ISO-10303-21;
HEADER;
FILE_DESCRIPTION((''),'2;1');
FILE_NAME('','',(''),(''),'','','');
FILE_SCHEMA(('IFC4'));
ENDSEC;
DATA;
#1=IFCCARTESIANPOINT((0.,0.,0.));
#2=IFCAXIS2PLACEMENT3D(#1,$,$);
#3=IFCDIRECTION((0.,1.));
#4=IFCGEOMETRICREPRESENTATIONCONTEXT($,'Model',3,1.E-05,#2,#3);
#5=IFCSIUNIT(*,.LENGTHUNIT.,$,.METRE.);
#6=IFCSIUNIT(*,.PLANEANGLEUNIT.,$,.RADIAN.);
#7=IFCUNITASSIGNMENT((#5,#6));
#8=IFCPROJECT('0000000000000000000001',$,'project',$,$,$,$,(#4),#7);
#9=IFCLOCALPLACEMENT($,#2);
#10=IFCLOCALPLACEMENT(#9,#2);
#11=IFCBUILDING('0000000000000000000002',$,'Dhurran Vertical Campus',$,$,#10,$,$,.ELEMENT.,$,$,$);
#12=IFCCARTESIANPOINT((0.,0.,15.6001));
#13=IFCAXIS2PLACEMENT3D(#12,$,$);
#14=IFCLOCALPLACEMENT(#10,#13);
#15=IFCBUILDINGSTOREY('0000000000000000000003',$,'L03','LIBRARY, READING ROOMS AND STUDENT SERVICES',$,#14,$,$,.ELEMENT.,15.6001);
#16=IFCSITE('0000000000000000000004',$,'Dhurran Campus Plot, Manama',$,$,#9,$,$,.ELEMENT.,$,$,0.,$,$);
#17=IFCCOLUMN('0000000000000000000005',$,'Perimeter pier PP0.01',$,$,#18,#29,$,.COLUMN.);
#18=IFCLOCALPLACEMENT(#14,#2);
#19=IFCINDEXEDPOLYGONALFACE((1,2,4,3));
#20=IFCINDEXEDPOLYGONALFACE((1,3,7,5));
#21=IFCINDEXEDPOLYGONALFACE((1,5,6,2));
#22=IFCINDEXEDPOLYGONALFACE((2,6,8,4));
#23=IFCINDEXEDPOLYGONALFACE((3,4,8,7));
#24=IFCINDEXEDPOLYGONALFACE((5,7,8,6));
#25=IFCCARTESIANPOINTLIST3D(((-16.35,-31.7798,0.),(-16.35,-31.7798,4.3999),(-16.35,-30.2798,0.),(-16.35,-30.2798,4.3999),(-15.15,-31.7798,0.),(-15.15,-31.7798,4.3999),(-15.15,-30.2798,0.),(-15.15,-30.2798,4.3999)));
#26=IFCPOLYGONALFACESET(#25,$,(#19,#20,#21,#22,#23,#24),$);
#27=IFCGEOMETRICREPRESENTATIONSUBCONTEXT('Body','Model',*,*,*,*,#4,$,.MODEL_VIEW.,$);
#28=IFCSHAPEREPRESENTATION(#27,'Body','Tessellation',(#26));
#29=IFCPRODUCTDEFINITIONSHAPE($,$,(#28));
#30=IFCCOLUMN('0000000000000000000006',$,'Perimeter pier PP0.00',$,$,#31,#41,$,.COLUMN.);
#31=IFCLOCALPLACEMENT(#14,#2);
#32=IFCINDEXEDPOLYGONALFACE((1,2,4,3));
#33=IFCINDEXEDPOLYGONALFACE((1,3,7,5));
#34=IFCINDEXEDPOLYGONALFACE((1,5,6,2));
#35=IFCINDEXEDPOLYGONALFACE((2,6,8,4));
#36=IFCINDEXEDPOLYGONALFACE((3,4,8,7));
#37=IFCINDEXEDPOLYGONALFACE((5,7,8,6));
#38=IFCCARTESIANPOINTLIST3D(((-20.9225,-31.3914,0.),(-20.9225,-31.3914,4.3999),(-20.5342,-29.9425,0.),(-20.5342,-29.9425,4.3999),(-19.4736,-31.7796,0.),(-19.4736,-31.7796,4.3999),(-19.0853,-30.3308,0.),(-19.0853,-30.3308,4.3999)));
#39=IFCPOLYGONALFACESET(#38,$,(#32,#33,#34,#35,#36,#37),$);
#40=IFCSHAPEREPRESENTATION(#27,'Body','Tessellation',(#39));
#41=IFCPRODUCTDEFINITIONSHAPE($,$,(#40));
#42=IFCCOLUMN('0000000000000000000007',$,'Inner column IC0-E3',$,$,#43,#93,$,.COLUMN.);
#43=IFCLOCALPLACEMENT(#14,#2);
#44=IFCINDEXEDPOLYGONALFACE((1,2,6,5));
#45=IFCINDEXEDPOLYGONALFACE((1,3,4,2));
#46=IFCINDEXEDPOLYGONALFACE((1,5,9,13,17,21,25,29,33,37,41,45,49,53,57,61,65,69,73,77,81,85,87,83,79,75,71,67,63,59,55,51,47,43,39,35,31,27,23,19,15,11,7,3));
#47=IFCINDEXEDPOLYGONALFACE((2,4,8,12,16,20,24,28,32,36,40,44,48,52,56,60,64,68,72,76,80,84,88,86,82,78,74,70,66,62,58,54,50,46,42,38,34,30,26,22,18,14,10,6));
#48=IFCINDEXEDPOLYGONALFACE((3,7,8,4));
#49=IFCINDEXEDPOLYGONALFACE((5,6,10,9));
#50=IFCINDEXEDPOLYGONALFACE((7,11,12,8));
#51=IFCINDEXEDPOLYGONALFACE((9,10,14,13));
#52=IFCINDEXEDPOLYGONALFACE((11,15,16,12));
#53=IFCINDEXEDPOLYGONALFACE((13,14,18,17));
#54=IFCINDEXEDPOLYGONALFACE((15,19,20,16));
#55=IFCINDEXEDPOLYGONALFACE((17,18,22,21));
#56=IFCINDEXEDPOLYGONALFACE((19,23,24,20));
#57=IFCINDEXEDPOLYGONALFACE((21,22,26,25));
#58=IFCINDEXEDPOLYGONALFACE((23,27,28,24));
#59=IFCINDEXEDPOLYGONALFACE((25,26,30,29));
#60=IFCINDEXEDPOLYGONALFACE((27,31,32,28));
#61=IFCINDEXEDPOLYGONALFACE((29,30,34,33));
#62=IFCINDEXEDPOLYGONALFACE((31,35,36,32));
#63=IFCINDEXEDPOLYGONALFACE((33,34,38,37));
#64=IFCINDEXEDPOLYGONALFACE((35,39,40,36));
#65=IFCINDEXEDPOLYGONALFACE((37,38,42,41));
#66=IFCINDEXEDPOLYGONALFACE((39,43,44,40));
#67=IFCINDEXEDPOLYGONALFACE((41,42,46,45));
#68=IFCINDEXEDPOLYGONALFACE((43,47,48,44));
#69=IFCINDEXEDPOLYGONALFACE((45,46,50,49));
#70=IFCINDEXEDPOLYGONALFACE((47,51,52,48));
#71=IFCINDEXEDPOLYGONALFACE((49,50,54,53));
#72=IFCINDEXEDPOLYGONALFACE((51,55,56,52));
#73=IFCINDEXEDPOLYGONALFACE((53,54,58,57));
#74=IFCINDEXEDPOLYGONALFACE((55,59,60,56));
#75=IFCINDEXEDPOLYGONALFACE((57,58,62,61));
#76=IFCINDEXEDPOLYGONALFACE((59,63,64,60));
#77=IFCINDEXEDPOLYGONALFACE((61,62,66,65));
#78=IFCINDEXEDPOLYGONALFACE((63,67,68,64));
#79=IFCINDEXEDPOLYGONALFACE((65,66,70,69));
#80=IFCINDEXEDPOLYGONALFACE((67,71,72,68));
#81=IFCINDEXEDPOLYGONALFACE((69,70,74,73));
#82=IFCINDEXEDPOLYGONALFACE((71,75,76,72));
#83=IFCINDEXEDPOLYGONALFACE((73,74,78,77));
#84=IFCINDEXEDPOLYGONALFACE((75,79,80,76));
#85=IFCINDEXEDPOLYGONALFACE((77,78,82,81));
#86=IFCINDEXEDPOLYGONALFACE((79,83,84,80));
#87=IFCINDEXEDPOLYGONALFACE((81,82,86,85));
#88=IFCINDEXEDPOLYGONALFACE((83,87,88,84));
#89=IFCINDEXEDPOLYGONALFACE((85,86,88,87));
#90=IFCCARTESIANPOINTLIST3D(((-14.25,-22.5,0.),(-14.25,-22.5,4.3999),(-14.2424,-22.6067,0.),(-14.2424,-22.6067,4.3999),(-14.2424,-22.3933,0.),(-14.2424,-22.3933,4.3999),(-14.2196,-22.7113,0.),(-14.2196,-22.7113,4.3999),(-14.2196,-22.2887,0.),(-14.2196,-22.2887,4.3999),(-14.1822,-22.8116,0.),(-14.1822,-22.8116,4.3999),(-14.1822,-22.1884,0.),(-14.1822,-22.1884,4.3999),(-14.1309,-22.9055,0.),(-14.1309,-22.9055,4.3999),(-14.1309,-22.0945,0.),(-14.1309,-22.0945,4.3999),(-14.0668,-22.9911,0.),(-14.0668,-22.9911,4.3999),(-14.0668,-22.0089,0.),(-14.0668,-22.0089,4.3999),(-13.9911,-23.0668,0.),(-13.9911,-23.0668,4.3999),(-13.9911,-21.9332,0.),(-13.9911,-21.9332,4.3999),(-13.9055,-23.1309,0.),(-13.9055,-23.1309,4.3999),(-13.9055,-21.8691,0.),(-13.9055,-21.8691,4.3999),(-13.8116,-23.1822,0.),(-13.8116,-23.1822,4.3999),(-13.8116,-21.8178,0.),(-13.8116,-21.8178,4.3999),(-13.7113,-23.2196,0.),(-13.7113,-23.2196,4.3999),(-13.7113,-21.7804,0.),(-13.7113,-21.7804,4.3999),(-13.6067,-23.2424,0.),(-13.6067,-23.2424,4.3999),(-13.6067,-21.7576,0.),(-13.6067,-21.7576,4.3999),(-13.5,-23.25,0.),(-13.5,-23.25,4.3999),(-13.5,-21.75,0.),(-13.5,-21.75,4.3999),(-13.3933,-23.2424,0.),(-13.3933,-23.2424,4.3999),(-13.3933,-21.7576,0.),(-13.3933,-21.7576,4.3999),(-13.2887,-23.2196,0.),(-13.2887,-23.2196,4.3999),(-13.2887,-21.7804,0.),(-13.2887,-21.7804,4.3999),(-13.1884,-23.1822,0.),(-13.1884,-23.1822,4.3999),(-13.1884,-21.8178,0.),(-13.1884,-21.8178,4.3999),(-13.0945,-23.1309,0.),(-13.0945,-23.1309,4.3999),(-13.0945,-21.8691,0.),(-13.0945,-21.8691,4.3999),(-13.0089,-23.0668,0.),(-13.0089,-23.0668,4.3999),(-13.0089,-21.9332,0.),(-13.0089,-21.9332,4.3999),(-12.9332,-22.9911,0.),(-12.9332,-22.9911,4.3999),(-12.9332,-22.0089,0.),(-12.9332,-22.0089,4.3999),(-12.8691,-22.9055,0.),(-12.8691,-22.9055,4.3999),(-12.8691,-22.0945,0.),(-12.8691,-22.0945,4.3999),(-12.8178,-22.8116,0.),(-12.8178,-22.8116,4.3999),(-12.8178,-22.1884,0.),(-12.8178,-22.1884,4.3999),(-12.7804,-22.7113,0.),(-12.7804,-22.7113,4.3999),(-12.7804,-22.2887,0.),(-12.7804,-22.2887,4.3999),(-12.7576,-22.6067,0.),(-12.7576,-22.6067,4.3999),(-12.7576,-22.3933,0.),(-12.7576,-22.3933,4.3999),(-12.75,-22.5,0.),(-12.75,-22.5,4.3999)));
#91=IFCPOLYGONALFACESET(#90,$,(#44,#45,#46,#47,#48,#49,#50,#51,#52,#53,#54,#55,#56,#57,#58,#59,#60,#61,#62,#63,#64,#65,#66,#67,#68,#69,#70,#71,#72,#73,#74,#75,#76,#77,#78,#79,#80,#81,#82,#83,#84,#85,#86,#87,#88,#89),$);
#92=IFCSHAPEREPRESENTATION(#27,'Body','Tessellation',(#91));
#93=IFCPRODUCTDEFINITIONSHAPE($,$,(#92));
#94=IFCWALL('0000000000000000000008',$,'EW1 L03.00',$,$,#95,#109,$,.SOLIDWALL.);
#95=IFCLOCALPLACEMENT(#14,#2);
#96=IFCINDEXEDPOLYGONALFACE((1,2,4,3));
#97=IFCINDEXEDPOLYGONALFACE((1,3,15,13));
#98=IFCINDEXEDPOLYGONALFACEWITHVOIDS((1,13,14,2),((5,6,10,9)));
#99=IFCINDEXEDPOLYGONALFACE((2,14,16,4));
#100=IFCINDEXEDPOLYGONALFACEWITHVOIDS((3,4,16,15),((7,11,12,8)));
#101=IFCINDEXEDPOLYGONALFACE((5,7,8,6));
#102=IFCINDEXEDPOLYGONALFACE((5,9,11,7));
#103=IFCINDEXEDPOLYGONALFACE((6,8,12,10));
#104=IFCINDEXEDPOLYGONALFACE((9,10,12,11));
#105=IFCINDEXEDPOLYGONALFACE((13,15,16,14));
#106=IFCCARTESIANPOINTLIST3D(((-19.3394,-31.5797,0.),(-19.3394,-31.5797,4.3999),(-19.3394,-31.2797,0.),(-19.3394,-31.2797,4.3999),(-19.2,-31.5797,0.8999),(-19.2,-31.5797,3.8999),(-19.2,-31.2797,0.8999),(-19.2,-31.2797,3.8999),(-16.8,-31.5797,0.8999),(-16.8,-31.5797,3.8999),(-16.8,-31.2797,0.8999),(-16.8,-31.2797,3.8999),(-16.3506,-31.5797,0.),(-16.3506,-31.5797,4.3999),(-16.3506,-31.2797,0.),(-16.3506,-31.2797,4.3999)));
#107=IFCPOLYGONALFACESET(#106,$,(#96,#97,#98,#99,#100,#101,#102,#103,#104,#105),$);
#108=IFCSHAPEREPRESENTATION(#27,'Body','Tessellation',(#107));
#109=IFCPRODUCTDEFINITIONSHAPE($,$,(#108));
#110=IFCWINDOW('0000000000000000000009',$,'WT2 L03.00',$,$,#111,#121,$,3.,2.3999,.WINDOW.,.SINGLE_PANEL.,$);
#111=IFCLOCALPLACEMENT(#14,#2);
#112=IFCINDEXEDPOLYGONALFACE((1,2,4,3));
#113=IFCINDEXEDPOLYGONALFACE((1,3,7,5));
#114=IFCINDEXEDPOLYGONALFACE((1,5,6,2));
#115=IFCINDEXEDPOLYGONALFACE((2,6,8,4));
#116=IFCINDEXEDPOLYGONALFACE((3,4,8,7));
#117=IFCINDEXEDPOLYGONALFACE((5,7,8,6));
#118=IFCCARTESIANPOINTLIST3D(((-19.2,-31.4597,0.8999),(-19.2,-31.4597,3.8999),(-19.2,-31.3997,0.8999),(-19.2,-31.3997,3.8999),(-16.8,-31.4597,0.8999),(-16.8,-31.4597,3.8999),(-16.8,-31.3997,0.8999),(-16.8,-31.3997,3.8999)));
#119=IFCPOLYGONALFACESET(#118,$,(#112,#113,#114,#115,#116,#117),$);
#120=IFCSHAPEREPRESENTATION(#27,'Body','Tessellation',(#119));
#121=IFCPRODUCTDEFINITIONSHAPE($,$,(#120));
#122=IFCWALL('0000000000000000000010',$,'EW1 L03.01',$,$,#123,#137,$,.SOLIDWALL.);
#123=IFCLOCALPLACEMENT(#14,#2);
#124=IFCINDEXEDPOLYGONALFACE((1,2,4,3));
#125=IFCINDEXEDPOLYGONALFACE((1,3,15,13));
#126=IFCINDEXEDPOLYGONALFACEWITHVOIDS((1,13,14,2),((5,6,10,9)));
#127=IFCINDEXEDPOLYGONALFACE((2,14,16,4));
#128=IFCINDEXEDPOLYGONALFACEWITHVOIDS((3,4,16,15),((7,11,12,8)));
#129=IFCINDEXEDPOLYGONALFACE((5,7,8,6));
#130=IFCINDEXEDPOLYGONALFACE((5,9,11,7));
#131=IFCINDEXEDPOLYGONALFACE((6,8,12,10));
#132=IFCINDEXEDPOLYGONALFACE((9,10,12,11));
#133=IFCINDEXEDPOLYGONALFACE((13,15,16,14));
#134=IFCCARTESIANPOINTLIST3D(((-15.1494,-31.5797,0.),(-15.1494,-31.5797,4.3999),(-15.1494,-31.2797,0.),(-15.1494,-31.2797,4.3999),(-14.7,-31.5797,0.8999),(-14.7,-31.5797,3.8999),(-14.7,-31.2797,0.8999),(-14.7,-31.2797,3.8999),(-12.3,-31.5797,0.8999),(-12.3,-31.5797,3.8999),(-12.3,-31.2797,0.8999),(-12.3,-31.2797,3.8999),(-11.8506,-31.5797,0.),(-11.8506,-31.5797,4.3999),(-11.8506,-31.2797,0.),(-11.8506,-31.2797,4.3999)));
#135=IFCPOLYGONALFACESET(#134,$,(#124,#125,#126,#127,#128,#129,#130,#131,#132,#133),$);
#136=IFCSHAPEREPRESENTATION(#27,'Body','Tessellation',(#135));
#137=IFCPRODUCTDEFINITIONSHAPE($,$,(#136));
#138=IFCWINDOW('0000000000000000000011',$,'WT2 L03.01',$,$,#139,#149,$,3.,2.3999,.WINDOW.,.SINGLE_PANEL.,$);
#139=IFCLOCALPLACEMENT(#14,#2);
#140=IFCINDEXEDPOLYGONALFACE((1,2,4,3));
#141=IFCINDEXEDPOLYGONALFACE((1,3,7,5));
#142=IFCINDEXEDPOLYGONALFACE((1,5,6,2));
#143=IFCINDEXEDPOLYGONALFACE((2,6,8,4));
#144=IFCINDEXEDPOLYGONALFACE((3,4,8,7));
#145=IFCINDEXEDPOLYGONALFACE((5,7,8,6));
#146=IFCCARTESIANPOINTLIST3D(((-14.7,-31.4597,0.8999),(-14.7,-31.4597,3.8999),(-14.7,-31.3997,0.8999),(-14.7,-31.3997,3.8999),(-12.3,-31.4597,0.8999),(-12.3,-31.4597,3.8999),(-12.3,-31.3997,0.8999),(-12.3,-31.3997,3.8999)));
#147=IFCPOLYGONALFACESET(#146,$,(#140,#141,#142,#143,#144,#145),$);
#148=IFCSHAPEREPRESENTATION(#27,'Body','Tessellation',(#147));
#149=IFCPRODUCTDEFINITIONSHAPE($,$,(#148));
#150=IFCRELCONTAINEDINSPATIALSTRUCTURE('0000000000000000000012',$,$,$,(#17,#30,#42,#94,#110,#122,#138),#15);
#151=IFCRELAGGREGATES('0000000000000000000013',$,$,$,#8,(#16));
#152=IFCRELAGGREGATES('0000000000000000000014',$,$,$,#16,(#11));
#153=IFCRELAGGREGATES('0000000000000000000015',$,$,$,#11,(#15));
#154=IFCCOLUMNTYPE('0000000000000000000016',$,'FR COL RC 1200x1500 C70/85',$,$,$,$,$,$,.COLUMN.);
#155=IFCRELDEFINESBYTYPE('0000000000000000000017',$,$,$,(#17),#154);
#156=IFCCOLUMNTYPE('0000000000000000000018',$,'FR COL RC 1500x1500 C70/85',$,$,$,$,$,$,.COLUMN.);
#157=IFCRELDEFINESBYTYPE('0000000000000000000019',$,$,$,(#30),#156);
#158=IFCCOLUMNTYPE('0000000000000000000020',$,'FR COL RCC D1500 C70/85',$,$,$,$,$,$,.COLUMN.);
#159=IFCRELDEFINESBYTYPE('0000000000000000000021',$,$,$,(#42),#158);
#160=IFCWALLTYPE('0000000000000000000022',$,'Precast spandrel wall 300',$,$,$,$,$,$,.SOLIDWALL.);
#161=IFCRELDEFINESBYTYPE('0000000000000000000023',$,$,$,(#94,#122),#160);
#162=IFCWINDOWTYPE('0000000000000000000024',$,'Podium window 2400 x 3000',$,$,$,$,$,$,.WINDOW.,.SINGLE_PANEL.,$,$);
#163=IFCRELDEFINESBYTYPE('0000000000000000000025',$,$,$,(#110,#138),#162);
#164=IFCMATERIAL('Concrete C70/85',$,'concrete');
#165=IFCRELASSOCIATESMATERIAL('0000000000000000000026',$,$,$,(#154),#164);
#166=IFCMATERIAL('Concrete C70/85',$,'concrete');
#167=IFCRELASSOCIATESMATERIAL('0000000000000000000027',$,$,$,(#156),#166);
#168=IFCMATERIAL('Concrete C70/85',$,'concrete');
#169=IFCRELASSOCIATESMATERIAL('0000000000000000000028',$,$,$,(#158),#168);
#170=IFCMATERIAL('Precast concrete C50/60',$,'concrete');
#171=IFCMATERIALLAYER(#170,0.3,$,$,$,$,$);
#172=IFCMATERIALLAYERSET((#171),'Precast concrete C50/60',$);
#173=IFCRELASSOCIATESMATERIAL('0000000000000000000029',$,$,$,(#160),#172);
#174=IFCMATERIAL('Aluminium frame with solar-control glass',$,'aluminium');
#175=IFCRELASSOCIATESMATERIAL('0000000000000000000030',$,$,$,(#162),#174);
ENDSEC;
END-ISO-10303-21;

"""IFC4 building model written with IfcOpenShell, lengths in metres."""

from ifc_helpers import new_model, si_unit, direction, frame, frame_2d, origin, origin_2d, place, context, subcontext, project, spatial, rectangle, circle, extrude, material, layer, layer_set, material_profile, profile_set, type_object, element, fill, save


model = new_model("IFC4")

# Units and contexts
model_context = context("Model", 3, precision=1e-05, world=origin(), true_north=direction((0.0, 1.0)))
body_context = subcontext(model_context, "Body", "Model", "MODEL_VIEW")
ifc_project = project(units=[si_unit("LENGTHUNIT", "METRE"), si_unit("PLANEANGLEUNIT", "RADIAN")], contexts=[model_context])

# Site, building, storey
site_placement = place(None, origin())
site = spatial("IfcSite", under=ifc_project, at=site_placement, Name="Dhurran Campus Plot, Manama", CompositionType="ELEMENT", RefElevation=0.0)
building_placement = place(site_placement, origin())
building = spatial("IfcBuilding", under=site, at=building_placement, Name="Dhurran Vertical Campus", CompositionType="ELEMENT")
storey_placement = place(building_placement, frame((0.0, 0.0, 15.6001)))
storey = spatial("IfcBuildingStorey", under=building, at=storey_placement, Name="L03", Description="LIBRARY, READING ROOMS AND STUDENT SERVICES", CompositionType="ELEMENT", Elevation=15.6001)

# Columns
ifc_material_1 = material(Name="Concrete C70/85", Category="concrete")
ifc_material_profile_1 = material_profile(ifc_material_1, rectangle(XDim=1.2, YDim=1.5, at=origin_2d()), Name="RC 1200x1500")
ifc_profile_set_1 = profile_set([ifc_material_profile_1], Name="Concrete C70/85")
column_type_1 = type_object("IfcColumnType", Name="FR COL RC 1200x1500 C70/85", PredefinedType="COLUMN", material=ifc_profile_set_1)
column_1_placement = place(storey_placement, frame((-15.75, -31.0298, 0.0), z_axis=(0.0, 0.0, 1.0), x_axis=(1.0, 0.0, 0.0)))
element("IfcColumn", 1, at=column_1_placement, inside=storey, type_object=column_type_1, Name="Perimeter pier PP0.01", PredefinedType="COLUMN", context=body_context, shape_type="SweptSolid", body=[
    extrude(rectangle(XDim=1.2, YDim=1.5, at=origin_2d()), origin(), (0.0, 0.0, 1.0), 4.3999),
])
ifc_material_2 = material(Name="Concrete C70/85", Category="concrete")
ifc_material_profile_2 = material_profile(ifc_material_2, rectangle(XDim=1.5, YDim=1.5, at=origin_2d()), Name="RC 1500x1500")
ifc_profile_set_2 = profile_set([ifc_material_profile_2], Name="Concrete C70/85")
column_type_2 = type_object("IfcColumnType", Name="FR COL RC 1500x1500 C70/85", PredefinedType="COLUMN", material=ifc_profile_set_2)
column_2_placement = place(storey_placement, frame((-20.0039, -30.8611, 0.0), z_axis=(0.0, 0.0, 1.0), x_axis=(0.965926, -0.258819, 0.0)))
element("IfcColumn", 2, at=column_2_placement, inside=storey, type_object=column_type_2, Name="Perimeter pier PP0.00", PredefinedType="COLUMN", context=body_context, shape_type="SweptSolid", body=[
    extrude(rectangle(XDim=1.5, YDim=1.5, at=origin_2d()), origin(), (0.0, 0.0, 1.0), 4.3999),
])
ifc_material_3 = material(Name="Concrete C70/85", Category="concrete")
ifc_material_profile_3 = material_profile(ifc_material_3, circle(Radius=0.75, at=origin_2d()), Name="RCC D1500")
ifc_profile_set_3 = profile_set([ifc_material_profile_3], Name="Concrete C70/85")
column_type_3 = type_object("IfcColumnType", Name="FR COL RCC D1500 C70/85", PredefinedType="COLUMN", material=ifc_profile_set_3)
column_3_placement = place(storey_placement, frame((-13.5, -22.5, 0.0), z_axis=(0.0, 0.0, 1.0), x_axis=(1.0, 0.0, 0.0)))
element("IfcColumn", 3, at=column_3_placement, inside=storey, type_object=column_type_3, Name="Inner column IC0-E3", PredefinedType="COLUMN", context=body_context, shape_type="SweptSolid", body=[
    extrude(circle(Radius=0.75, at=origin_2d()), origin(), (0.0, 0.0, 1.0), 4.3999),
])

# Walls, openings, windows
ifc_material_4 = material(Name="Precast concrete C50/60", Category="concrete")
ifc_layer_1 = layer(ifc_material_4, 0.3)
ifc_layer_set_1 = layer_set([ifc_layer_1], Name="Precast concrete C50/60")
wall_type_1 = type_object("IfcWallType", Name="Precast spandrel wall 300", PredefinedType="SOLIDWALL", material=ifc_layer_set_1)
wall_1_placement = place(storey_placement, frame((-19.3394, -31.4297, 0.0), z_axis=(0.0, 0.0, 1.0), x_axis=(1.0, 0.0, 0.0)))
wall_1 = element("IfcWall", 4, at=wall_1_placement, inside=storey, type_object=wall_type_1, Name="EW1 L03.00", PredefinedType="SOLIDWALL", context=body_context, shape_type="SweptSolid", body=[
    extrude(rectangle(XDim=2.9888, YDim=0.3, at=frame_2d((1.4944, 0.0))), origin(), (0.0, 0.0, 1.0), 4.3999),
])
opening_1_placement = place(wall_1_placement, frame((0.1394, 0.0, 0.8999)))
opening_1 = element("IfcOpeningElement", 5, at=opening_1_placement, cuts=wall_1, PredefinedType="OPENING", context=body_context, shape_type="SweptSolid", body=[
    extrude(rectangle(XDim=2.3999, YDim=3.0, at=frame_2d((1.2, 1.5))), frame((0.0, 0.1599, 0.0), z_axis=(0.0, -1.0, 0.0), x_axis=(1.0, 0.0, 0.0)), (0.0, 0.0, 1.0), 0.3201),
])
ifc_material_5 = material(Name="Aluminium frame with solar-control glass", Category="aluminium")
window_type = type_object("IfcWindowType", Name="Podium window 2400 x 3000", PartitioningType="SINGLE_PANEL", PredefinedType="WINDOW", material=ifc_material_5)
window_1_placement = place(opening_1_placement, origin())
window_1 = element("IfcWindow", 6, at=window_1_placement, inside=storey, type_object=window_type, Name="WT2 L03.00", OverallHeight=3.0, OverallWidth=2.3999, PartitioningType="SINGLE_PANEL", PredefinedType="WINDOW", context=body_context, shape_type="SweptSolid", body=[
    extrude(rectangle(XDim=2.3999, YDim=3.0, at=frame_2d((1.2, 1.5))), frame((0.0, 0.03, 0.0), z_axis=(0.0, -1.0, 0.0), x_axis=(1.0, 0.0, 0.0)), (0.0, 0.0, 1.0), 0.0601),
])
fill(opening_1, window_1)
wall_2_placement = place(storey_placement, frame((-15.1494, -31.4297, 0.0), z_axis=(0.0, 0.0, 1.0), x_axis=(1.0, 0.0, 0.0)))
wall_2 = element("IfcWall", 7, at=wall_2_placement, inside=storey, type_object=wall_type_1, Name="EW1 L03.01", PredefinedType="SOLIDWALL", context=body_context, shape_type="SweptSolid", body=[
    extrude(rectangle(XDim=3.2988, YDim=0.3, at=frame_2d((1.6494, 0.0))), origin(), (0.0, 0.0, 1.0), 4.3999),
])
opening_2_placement = place(wall_2_placement, frame((0.4495, 0.0, 0.8999)))
opening_2 = element("IfcOpeningElement", 8, at=opening_2_placement, cuts=wall_2, PredefinedType="OPENING", context=body_context, shape_type="SweptSolid", body=[
    extrude(rectangle(XDim=2.3999, YDim=3.0, at=frame_2d((1.2, 1.5))), frame((0.0, 0.1599, 0.0), z_axis=(0.0, -1.0, 0.0), x_axis=(1.0, 0.0, 0.0)), (0.0, 0.0, 1.0), 0.3201),
])
window_2_placement = place(opening_2_placement, origin())
window_2 = element("IfcWindow", 9, at=window_2_placement, inside=storey, type_object=window_type, Name="WT2 L03.01", OverallHeight=3.0, OverallWidth=2.3999, PartitioningType="SINGLE_PANEL", PredefinedType="WINDOW", context=body_context, shape_type="SweptSolid", body=[
    extrude(rectangle(XDim=2.3999, YDim=3.0, at=frame_2d((1.2, 1.5))), frame((0.0, 0.03, 0.0), z_axis=(0.0, -1.0, 0.0), x_axis=(1.0, 0.0, 0.0)), (0.0, 0.0, 1.0), 0.0601),
])
fill(opening_2, window_2)

save(model, "model.ifc")
